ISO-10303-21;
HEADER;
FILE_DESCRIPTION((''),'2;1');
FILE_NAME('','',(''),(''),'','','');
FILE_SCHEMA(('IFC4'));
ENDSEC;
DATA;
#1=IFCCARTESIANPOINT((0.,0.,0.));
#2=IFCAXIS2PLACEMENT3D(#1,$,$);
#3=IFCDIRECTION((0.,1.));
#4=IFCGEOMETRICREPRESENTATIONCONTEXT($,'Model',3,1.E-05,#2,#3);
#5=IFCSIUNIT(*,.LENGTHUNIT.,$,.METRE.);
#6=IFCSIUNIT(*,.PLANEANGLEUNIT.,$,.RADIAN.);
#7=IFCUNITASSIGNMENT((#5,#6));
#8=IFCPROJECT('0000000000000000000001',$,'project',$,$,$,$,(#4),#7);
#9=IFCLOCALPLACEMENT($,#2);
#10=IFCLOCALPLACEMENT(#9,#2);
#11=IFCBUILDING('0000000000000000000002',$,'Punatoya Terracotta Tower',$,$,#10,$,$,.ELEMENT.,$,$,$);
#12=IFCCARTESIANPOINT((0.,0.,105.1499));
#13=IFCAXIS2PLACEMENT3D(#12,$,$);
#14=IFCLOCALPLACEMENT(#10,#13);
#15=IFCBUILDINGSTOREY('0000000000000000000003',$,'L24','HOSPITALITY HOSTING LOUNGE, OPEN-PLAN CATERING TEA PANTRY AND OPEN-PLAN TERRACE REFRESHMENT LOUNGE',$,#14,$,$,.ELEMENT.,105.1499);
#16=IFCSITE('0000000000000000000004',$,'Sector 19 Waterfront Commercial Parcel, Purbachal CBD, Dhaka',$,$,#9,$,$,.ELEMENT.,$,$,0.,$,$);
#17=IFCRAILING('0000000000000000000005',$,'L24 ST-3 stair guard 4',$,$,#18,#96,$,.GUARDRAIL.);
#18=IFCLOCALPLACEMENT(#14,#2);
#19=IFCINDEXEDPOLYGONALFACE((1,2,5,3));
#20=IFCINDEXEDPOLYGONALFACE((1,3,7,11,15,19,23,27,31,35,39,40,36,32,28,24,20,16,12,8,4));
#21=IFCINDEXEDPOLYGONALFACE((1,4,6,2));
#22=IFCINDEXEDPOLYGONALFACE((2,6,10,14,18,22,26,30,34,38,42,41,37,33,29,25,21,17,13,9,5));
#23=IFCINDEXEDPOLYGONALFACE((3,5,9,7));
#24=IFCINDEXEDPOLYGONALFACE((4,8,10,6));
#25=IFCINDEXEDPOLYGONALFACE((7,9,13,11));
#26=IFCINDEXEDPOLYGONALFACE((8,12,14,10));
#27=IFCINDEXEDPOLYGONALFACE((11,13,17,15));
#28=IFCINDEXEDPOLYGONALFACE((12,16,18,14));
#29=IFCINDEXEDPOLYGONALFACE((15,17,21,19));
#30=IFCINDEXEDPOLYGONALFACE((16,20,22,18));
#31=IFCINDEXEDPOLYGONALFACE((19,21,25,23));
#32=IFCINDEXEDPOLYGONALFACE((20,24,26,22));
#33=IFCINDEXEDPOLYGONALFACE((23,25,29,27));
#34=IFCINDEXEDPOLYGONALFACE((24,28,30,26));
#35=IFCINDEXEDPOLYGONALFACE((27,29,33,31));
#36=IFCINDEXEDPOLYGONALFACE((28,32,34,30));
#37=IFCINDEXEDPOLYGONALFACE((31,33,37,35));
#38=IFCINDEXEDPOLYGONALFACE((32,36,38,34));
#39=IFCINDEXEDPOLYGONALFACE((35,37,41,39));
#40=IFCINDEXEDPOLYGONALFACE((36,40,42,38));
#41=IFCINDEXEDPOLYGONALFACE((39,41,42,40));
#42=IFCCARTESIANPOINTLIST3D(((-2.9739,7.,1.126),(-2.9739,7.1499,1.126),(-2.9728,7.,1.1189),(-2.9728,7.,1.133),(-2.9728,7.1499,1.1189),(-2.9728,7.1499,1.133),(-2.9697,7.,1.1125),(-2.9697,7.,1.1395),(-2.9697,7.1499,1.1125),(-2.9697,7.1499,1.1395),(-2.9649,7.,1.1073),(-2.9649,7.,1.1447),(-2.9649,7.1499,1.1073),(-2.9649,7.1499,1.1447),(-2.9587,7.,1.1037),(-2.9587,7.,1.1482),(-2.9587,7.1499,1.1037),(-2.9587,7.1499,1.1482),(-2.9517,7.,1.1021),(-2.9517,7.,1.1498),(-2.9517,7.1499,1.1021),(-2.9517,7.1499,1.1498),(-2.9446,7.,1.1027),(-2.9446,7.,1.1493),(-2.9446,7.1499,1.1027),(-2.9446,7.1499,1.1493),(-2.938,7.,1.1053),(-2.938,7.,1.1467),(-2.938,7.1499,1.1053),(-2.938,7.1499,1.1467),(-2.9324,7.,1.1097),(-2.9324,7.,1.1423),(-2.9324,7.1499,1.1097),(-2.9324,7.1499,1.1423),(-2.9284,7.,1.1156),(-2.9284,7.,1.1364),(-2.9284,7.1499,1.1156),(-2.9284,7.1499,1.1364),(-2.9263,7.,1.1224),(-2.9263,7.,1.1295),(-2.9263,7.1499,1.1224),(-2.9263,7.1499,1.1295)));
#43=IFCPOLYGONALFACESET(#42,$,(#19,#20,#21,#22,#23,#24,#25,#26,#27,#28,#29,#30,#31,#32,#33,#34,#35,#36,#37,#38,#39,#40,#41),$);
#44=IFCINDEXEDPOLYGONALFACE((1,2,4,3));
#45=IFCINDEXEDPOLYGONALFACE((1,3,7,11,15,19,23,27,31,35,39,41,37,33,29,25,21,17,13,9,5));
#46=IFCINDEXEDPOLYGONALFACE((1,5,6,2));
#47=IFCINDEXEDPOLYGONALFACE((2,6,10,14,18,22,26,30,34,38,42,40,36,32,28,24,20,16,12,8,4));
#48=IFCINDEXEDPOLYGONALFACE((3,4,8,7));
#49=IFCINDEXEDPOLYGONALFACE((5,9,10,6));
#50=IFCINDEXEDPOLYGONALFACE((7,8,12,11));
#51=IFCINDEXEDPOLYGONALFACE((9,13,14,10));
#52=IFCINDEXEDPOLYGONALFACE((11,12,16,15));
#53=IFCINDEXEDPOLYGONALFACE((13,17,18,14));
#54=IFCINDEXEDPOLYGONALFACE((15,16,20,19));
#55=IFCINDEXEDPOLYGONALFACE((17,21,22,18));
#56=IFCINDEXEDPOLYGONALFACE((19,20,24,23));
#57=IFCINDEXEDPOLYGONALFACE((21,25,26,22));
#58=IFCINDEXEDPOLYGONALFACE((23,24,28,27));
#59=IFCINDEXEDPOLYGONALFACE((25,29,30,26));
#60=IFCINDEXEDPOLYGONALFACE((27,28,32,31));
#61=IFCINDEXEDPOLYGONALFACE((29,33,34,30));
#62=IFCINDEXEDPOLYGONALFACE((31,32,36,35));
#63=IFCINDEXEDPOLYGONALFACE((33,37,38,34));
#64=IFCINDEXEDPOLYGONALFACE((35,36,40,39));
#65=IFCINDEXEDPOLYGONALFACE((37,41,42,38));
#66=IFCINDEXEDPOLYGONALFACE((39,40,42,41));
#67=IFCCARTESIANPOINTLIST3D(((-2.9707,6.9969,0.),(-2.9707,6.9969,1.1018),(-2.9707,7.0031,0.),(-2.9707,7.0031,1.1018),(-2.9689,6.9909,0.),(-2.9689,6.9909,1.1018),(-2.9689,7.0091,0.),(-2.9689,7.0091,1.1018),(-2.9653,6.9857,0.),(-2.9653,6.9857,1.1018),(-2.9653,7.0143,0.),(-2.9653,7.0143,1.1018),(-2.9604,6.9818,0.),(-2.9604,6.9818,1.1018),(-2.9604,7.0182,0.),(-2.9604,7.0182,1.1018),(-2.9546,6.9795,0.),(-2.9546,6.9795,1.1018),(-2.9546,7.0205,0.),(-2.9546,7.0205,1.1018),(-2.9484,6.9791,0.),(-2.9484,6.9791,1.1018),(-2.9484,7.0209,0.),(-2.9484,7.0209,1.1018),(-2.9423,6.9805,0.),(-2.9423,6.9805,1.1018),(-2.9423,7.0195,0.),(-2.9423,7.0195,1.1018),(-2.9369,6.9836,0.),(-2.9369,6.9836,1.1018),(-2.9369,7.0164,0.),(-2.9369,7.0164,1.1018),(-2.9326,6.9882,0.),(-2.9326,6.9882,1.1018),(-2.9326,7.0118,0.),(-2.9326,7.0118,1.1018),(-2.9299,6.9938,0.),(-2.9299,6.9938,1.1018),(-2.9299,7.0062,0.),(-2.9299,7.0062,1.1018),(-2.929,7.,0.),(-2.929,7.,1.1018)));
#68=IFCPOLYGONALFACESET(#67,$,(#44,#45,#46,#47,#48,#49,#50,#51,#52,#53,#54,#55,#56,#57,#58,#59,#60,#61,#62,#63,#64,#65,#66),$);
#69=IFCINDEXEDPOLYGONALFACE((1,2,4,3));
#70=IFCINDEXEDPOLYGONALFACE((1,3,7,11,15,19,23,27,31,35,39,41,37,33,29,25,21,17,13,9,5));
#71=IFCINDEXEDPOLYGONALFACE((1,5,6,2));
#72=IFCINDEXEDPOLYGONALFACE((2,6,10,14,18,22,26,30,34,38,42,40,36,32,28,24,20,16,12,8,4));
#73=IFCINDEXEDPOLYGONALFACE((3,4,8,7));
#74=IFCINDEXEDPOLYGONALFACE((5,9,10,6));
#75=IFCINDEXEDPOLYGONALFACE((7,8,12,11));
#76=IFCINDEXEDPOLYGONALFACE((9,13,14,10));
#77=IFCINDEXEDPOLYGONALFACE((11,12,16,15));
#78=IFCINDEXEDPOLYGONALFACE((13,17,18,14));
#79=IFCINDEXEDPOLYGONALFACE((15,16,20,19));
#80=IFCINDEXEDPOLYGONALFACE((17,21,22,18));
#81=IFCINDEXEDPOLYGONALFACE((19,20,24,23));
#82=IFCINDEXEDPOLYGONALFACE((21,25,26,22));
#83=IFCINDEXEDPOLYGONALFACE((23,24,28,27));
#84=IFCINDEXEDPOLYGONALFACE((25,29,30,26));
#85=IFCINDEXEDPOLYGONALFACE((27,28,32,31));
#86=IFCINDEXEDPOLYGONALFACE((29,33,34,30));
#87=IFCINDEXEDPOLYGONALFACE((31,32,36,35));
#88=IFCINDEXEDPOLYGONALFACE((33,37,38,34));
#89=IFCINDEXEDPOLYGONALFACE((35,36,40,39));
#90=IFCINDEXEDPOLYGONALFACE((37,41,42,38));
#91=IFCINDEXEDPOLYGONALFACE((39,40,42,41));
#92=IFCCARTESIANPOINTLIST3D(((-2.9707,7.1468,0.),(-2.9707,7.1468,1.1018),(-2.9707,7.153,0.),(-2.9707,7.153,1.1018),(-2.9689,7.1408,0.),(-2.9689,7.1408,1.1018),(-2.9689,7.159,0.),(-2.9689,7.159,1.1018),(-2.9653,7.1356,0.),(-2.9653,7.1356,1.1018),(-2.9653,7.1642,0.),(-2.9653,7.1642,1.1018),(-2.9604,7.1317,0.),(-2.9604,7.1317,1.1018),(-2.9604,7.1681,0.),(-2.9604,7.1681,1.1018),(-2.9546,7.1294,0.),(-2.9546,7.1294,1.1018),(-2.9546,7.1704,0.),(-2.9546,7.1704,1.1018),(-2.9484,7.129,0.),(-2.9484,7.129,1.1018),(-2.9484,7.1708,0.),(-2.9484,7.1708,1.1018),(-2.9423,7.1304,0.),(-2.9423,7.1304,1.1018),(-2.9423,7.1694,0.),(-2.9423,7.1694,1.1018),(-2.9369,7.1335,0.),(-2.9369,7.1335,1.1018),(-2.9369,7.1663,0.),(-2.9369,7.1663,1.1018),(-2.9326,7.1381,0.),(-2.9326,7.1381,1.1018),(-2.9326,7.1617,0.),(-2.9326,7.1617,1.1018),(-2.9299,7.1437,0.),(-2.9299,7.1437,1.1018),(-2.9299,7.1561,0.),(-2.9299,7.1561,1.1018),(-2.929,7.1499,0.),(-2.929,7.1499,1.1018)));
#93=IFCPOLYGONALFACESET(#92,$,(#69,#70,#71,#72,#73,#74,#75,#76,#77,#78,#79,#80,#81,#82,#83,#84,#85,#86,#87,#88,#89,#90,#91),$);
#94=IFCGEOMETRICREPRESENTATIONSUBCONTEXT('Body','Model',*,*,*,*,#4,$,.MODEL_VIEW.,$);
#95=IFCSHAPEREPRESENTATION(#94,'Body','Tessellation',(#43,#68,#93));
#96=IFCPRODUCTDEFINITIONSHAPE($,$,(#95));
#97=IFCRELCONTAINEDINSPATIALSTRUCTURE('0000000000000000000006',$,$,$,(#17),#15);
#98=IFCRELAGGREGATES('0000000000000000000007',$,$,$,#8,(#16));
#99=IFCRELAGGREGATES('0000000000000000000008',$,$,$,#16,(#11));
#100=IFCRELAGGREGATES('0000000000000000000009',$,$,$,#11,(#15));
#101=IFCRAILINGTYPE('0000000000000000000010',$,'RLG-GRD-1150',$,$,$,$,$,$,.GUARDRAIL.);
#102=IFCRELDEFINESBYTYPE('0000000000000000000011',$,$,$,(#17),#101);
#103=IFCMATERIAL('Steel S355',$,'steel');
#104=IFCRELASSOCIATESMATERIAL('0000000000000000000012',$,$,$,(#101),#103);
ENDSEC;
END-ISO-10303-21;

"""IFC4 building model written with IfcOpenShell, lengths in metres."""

from ifc_helpers import new_model, si_unit, direction, frame, origin, origin_2d, place, context, subcontext, project, spatial, circle, extrude, material, type_object, element, save


model = new_model("IFC4")

# Units and contexts
model_context = context("Model", 3, precision=1e-05, world=origin(), true_north=direction((0.0, 1.0)))
body_context = subcontext(model_context, "Body", "Model", "MODEL_VIEW")
ifc_project = project(units=[si_unit("LENGTHUNIT", "METRE"), si_unit("PLANEANGLEUNIT", "RADIAN")], contexts=[model_context])

# Site, building, storey
site_placement = place(None, origin())
site = spatial("IfcSite", under=ifc_project, at=site_placement, Name="Sector 19 Waterfront Commercial Parcel, Purbachal CBD, Dhaka", CompositionType="ELEMENT", RefElevation=0.0)
building_placement = place(site_placement, origin())
building = spatial("IfcBuilding", under=site, at=building_placement, Name="Punatoya Terracotta Tower", CompositionType="ELEMENT")
storey_placement = place(building_placement, frame((0.0, 0.0, 105.1499)))
storey = spatial("IfcBuildingStorey", under=building, at=storey_placement, Name="L24", Description="HOSPITALITY HOSTING LOUNGE, OPEN-PLAN CATERING TEA PANTRY AND OPEN-PLAN TERRACE REFRESHMENT LOUNGE", CompositionType="ELEMENT", Elevation=105.1499)

# Shared definitions
ifc_material_1 = material(Name="Steel S355", Category="steel")

# Railing
railing_type_1 = type_object("IfcRailingType", Name="RLG-GRD-1150", PredefinedType="GUARDRAIL", material=ifc_material_1)
railing_1_placement = place(storey_placement, frame((-2.95, 7.0, 0.0)))
element("IfcRailing", 1, at=railing_1_placement, inside=storey, type_object=railing_type_1, Name="L24 ST-3 stair guard 4", PredefinedType="GUARDRAIL", context=body_context, shape_type="SweptSolid", body=[
    extrude(circle(Radius=0.0239, at=origin_2d()), frame((0.0, 0.0, 1.126), z_axis=(0.0, 1.0, 0.0), x_axis=(-1.0, 0.0, 0.0)), (0.0, 0.0, 1.0), 0.1499),
    extrude(circle(Radius=0.021, at=origin_2d()), origin(), (0.0, 0.0, 1.0), 1.1018),
    extrude(circle(Radius=0.021, at=origin_2d()), frame((0.0, 0.1499, 0.0)), (0.0, 0.0, 1.0), 1.1018),
])

save(model, "model.ifc")
